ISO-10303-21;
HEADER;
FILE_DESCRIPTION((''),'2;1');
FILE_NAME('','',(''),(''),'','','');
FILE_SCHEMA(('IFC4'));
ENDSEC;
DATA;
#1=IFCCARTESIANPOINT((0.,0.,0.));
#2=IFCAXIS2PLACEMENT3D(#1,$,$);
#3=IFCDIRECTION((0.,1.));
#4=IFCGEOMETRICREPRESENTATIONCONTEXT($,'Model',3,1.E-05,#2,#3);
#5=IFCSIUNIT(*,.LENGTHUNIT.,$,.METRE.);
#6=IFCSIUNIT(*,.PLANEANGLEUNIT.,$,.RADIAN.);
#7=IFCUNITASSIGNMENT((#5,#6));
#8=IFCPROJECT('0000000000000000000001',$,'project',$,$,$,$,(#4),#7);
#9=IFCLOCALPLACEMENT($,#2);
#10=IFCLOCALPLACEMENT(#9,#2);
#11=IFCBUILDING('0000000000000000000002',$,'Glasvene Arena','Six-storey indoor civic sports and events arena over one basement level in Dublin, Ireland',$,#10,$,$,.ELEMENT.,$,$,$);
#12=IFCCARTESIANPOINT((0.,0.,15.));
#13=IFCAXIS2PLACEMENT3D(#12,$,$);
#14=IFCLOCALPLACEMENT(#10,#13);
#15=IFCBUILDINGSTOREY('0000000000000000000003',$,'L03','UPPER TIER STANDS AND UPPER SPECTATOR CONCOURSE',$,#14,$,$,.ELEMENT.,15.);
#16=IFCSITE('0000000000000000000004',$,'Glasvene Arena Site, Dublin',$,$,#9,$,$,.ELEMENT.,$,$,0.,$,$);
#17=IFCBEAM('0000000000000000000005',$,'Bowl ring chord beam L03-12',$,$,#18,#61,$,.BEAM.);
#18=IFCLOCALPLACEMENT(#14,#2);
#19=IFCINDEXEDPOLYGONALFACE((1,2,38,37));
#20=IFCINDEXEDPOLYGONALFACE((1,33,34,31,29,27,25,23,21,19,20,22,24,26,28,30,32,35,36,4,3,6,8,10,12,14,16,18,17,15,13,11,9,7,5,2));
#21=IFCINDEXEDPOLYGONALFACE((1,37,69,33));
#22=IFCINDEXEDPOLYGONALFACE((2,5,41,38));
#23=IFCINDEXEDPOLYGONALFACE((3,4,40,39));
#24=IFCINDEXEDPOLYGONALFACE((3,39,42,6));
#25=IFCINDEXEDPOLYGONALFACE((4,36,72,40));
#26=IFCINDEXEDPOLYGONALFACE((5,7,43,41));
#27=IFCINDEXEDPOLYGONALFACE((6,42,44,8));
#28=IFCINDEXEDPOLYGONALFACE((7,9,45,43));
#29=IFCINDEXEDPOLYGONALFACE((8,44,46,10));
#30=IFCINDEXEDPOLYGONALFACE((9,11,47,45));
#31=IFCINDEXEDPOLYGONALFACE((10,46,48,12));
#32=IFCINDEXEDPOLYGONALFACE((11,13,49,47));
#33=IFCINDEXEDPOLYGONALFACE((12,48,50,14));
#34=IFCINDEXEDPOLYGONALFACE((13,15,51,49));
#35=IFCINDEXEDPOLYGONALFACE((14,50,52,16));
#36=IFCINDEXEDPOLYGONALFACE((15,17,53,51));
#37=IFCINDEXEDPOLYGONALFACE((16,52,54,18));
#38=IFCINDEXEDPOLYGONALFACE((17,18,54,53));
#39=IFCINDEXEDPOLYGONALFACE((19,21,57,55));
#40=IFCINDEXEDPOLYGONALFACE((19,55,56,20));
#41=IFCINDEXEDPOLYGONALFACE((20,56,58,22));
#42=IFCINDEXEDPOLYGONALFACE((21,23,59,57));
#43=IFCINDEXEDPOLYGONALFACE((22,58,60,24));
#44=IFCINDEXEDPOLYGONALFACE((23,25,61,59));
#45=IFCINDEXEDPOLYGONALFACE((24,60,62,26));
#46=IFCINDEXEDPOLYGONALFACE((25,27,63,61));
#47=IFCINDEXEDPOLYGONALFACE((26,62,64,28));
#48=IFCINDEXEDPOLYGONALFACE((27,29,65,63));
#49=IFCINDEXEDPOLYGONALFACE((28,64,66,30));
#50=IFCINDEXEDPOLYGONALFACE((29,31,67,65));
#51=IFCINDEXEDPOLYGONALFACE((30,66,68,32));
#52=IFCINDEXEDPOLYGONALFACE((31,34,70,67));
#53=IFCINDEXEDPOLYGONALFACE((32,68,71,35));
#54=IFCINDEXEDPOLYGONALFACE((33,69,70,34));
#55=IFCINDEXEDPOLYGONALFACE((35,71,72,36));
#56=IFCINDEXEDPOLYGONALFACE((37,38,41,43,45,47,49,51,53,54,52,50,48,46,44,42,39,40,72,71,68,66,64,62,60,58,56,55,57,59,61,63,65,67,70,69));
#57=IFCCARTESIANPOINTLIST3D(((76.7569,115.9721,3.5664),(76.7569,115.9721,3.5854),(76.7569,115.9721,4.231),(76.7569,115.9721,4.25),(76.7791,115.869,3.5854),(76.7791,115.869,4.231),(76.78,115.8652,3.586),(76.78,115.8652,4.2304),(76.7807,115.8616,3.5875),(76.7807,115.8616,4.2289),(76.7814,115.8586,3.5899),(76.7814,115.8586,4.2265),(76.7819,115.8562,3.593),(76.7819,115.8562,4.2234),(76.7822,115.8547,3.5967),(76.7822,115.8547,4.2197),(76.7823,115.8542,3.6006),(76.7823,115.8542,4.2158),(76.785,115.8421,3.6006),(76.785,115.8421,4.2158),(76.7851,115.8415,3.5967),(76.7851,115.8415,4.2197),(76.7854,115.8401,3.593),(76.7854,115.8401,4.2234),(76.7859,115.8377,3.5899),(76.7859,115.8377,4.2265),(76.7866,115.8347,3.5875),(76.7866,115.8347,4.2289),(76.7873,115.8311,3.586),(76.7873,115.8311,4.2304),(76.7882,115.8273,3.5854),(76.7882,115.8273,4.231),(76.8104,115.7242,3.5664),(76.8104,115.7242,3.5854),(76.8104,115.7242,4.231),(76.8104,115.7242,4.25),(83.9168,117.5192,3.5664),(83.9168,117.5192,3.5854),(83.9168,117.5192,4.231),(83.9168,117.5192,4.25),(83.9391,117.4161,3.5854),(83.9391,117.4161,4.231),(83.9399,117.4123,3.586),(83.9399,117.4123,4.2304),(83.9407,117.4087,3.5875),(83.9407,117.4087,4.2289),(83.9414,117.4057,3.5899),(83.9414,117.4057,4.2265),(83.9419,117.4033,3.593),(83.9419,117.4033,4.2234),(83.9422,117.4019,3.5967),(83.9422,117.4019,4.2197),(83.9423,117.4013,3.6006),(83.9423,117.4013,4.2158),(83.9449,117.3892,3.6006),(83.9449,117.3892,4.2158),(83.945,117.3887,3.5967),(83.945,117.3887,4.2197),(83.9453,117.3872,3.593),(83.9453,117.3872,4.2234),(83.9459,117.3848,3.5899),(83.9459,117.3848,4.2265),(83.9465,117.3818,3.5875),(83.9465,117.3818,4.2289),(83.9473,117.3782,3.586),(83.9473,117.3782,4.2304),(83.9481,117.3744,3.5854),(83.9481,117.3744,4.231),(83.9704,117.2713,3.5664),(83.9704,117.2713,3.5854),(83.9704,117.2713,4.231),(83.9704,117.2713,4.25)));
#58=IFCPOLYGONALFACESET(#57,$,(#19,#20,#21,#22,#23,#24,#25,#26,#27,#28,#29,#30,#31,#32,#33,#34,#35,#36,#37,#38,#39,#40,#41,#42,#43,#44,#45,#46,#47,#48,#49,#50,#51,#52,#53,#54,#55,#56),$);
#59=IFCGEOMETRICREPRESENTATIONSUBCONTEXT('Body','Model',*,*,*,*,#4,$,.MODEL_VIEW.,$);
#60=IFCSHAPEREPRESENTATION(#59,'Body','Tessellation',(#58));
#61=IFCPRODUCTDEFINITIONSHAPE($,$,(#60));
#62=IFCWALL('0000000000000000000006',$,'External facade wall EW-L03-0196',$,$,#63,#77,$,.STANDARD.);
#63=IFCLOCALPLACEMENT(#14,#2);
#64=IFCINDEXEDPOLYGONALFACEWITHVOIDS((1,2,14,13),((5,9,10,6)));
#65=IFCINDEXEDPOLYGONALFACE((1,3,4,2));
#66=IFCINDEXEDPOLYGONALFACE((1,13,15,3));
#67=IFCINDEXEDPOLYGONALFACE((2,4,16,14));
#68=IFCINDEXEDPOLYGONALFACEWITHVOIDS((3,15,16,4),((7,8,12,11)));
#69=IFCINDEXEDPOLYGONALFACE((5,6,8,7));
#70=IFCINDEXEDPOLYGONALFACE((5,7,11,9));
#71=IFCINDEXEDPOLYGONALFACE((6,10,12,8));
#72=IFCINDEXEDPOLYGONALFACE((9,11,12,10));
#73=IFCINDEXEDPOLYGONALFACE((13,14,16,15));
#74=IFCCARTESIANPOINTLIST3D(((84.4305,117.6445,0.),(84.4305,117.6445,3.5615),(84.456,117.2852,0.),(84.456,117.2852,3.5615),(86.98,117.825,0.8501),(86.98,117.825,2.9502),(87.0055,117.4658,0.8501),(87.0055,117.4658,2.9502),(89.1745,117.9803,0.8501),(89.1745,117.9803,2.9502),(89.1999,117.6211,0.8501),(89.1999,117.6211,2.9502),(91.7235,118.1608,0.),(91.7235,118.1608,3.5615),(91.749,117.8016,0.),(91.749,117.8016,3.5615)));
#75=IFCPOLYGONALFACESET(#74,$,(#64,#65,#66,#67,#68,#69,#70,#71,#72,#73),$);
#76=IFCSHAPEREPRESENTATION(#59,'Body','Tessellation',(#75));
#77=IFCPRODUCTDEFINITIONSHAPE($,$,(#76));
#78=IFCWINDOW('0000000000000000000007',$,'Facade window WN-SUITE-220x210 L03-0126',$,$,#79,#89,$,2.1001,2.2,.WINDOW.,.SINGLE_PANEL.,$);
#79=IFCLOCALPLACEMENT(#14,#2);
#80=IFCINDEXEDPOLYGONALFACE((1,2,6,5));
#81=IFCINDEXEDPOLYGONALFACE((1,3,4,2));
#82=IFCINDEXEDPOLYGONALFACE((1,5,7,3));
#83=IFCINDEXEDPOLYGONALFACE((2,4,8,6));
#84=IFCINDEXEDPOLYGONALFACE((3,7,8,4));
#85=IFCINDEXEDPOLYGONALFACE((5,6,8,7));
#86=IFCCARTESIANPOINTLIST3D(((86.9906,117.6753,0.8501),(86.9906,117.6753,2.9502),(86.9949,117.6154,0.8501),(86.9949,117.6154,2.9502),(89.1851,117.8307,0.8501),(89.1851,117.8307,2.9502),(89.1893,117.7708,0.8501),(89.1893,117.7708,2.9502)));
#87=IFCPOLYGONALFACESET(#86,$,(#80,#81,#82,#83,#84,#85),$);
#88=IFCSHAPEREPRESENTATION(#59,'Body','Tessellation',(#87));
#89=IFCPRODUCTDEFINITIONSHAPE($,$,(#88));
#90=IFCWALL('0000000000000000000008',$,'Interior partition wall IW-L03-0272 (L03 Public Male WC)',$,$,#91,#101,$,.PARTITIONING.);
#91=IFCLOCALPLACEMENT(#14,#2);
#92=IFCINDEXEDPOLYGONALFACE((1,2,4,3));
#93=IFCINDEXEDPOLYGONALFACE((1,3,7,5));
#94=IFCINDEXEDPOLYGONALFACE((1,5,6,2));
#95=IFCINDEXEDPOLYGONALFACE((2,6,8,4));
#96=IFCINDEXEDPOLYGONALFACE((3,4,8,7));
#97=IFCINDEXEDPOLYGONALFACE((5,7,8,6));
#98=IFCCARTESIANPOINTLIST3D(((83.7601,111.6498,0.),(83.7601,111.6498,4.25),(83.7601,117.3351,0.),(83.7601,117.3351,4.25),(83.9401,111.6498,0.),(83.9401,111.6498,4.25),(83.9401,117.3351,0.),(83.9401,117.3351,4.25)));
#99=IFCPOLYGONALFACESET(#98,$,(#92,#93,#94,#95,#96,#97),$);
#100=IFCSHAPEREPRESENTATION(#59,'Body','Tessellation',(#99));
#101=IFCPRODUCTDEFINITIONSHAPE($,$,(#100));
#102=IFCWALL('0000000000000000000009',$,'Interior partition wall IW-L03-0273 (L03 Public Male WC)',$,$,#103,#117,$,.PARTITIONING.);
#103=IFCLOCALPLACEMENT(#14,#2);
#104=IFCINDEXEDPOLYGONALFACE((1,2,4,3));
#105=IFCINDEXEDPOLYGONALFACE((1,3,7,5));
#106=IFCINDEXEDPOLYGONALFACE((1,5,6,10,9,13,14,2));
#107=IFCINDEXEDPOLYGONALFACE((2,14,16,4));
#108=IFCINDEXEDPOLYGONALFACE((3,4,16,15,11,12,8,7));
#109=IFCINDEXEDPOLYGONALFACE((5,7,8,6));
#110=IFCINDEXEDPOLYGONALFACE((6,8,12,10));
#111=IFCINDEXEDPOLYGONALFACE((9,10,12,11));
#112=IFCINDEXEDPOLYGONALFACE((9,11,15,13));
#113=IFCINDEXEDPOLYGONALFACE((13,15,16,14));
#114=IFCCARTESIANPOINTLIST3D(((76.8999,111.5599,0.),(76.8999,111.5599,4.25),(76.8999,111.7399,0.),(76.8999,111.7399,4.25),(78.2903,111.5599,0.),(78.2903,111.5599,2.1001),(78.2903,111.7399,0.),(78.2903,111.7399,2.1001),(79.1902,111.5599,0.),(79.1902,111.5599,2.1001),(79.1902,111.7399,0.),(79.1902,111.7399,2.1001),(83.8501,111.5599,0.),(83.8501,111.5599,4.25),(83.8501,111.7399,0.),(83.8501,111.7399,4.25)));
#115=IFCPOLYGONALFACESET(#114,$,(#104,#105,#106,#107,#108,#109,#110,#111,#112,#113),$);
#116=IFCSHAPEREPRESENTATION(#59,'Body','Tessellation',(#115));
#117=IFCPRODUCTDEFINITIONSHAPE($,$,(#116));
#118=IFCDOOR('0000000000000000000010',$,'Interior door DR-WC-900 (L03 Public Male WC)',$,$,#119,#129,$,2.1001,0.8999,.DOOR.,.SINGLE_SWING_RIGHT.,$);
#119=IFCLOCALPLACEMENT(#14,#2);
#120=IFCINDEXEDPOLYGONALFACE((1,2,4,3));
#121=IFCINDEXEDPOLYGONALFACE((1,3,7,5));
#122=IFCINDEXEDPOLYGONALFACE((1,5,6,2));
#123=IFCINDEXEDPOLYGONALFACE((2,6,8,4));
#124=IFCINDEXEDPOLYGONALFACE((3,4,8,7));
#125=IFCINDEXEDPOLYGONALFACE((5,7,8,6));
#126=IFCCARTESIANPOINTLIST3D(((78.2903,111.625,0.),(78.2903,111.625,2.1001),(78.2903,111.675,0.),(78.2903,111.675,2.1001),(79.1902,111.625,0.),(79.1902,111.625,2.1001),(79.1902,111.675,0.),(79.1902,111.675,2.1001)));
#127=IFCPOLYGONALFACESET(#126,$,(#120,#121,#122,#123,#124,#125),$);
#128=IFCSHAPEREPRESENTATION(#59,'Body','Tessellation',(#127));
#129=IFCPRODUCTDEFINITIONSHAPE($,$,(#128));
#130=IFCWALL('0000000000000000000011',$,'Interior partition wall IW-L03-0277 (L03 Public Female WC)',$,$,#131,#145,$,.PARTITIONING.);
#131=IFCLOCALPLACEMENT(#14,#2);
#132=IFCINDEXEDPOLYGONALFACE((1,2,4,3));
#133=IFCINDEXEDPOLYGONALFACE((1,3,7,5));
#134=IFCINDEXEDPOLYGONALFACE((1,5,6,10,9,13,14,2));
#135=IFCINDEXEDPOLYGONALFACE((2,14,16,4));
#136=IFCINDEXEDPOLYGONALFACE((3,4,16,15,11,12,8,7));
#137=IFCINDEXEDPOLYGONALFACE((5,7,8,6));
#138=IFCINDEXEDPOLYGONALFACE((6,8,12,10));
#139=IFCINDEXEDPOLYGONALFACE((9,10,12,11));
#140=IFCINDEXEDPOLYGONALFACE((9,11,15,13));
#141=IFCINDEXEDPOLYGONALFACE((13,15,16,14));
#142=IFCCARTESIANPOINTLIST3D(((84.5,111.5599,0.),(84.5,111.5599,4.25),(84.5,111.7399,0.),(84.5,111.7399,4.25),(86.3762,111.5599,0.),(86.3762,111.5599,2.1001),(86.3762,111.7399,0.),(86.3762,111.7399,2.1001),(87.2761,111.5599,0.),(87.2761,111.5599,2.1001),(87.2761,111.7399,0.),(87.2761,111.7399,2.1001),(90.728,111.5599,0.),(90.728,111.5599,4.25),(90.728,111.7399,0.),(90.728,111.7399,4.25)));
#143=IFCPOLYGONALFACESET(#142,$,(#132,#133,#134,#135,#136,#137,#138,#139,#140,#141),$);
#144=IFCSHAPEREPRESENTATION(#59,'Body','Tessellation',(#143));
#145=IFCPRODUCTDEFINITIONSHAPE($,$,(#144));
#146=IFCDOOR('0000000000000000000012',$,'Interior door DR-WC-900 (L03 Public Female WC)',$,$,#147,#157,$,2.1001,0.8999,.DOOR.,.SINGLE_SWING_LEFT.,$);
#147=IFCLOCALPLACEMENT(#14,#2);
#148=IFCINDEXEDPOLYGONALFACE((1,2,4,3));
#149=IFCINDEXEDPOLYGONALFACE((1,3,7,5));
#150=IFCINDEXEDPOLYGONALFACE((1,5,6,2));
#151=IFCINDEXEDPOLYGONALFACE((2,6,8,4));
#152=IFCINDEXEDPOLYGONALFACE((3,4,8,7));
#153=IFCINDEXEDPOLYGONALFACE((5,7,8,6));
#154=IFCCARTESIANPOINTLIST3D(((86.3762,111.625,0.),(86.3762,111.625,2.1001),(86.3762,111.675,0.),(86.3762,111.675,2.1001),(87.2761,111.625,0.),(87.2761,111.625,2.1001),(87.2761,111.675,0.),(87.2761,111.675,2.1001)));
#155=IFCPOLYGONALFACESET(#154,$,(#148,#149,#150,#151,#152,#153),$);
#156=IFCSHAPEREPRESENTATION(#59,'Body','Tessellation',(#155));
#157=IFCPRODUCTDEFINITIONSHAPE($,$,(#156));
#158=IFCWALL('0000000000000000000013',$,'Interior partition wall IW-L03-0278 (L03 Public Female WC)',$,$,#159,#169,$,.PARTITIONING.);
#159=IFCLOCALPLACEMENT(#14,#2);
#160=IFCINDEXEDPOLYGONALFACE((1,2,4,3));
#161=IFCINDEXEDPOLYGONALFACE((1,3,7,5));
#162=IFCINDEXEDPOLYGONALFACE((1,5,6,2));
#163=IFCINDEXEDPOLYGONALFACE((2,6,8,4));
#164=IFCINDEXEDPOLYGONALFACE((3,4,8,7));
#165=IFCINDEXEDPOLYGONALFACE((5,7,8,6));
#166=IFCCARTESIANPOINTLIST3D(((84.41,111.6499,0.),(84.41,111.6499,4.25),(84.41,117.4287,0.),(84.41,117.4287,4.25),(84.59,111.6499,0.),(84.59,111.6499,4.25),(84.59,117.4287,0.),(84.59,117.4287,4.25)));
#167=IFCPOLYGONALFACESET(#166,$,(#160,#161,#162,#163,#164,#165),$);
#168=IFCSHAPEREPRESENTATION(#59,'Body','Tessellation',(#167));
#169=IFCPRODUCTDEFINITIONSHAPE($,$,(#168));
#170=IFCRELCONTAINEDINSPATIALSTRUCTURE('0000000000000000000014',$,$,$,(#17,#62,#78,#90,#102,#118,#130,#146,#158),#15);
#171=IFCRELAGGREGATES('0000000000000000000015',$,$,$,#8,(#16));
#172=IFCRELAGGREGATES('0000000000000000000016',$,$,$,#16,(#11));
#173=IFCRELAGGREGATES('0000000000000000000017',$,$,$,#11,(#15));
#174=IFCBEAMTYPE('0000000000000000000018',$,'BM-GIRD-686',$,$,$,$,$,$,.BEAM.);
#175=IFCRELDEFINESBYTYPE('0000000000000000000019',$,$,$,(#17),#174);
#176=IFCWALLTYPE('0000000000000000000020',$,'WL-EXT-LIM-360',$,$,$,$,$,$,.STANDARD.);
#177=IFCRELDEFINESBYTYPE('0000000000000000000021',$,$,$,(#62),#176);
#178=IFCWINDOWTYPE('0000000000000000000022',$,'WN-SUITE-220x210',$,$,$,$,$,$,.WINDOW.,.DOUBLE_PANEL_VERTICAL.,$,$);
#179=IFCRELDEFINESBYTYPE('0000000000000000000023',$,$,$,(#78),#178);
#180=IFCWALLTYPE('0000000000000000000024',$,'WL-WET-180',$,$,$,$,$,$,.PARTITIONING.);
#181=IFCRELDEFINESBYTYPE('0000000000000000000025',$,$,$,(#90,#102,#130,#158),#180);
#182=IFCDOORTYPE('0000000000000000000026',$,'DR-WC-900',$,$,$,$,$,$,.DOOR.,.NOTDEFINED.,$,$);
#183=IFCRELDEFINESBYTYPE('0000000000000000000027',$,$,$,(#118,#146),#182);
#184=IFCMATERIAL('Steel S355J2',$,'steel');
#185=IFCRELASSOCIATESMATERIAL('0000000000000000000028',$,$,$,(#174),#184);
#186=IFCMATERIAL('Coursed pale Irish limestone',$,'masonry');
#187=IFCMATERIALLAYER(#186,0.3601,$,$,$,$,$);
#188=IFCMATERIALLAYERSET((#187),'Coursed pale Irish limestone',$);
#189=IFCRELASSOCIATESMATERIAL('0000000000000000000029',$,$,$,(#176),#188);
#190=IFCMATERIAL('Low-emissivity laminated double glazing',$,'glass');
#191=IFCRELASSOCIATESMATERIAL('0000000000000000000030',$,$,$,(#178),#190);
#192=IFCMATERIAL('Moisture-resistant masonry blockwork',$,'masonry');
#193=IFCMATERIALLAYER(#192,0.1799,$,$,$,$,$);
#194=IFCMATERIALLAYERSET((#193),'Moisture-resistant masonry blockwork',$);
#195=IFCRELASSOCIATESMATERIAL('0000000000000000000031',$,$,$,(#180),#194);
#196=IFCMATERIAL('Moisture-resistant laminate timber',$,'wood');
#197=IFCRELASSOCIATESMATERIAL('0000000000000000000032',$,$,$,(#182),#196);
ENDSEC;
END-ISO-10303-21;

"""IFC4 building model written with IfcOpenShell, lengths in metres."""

from ifc_helpers import new_model, si_unit, direction, frame, frame_2d, origin, origin_2d, place, context, subcontext, project, spatial, rectangle, i_section, extrude, material, layer, layer_set, material_profile, profile_set, type_object, element, fill, save


model = new_model("IFC4")

# Units and contexts
model_context = context("Model", 3, precision=1e-05, world=origin(), true_north=direction((0.0, 1.0)))
body_context = subcontext(model_context, "Body", "Model", "MODEL_VIEW")
ifc_project = project(units=[si_unit("LENGTHUNIT", "METRE"), si_unit("PLANEANGLEUNIT", "RADIAN")], contexts=[model_context])

# Site, building, storey
site_placement = place(None, origin())
site = spatial("IfcSite", under=ifc_project, at=site_placement, Name="Glasvene Arena Site, Dublin", CompositionType="ELEMENT", RefElevation=0.0)
building_placement = place(site_placement, origin())
building = spatial("IfcBuilding", under=site, at=building_placement, Name="Glasvene Arena", Description="Six-storey indoor civic sports and events arena over one basement level in Dublin, Ireland", CompositionType="ELEMENT")
storey_placement = place(building_placement, frame((0.0, 0.0, 15.0)))
storey = spatial("IfcBuildingStorey", under=building, at=storey_placement, Name="L03", Description="UPPER TIER STANDS AND UPPER SPECTATOR CONCOURSE", CompositionType="ELEMENT", Elevation=15.0)

# Shared definitions
ifc_material_1 = material(Name="Steel S355J2", Category="steel")

# Beam
ifc_material_profile_1 = material_profile(ifc_material_1, i_section(OverallWidth=0.2537, OverallDepth=0.6836, WebThickness=0.0125, FlangeThickness=0.019, FilletRadius=0.0151, at=origin_2d()), Name="UKB 686x254x140")
ifc_profile_set_1 = profile_set([ifc_material_profile_1], Name="Steel S355J2")
beam_type_1 = type_object("IfcBeamType", Name="BM-GIRD-686", PredefinedType="BEAM", material=ifc_profile_set_1)
beam_1_placement = place(storey_placement, frame((83.9436, 117.3953, 3.9082), z_axis=(-0.977442, -0.211206, 0.0), x_axis=(0.211206, -0.977442, 0.0)))
element("IfcBeam", 1, at=beam_1_placement, inside=storey, type_object=beam_type_1, Name="Bowl ring chord beam L03-12", PredefinedType="BEAM", context=body_context, shape_type="SweptSolid", body=[
    extrude(i_section(OverallWidth=0.2537, OverallDepth=0.6836, WebThickness=0.0125, FlangeThickness=0.019, FilletRadius=0.0151, at=origin_2d()), origin(), (0.0, 0.0, 1.0), 7.3252),
])

# Wall, opening, window
ifc_material_2 = material(Name="Coursed pale Irish limestone", Category="masonry")
ifc_layer_1 = layer(ifc_material_2, 0.3601)
ifc_layer_set_1 = layer_set([ifc_layer_1], Name="Coursed pale Irish limestone")
wall_type_1 = type_object("IfcWallType", Name="WL-EXT-LIM-360", PredefinedType="STANDARD", material=ifc_layer_set_1)
wall_1_placement = place(storey_placement, frame((84.4431, 117.4648, 0.0), z_axis=(0.0, 0.0, 1.0), x_axis=(0.997503, 0.070625, 0.0)))
wall_1 = element("IfcWall", 2, at=wall_1_placement, inside=storey, type_object=wall_type_1, Name="External facade wall EW-L03-0196", PredefinedType="STANDARD", context=body_context, shape_type="SweptSolid", body=[
    extrude(rectangle(XDim=7.3113, YDim=0.3601, at=frame_2d((3.6558, 0.0))), origin(), (0.0, 0.0, 1.0), 3.5615),
])
opening_1_placement = place(wall_1_placement, frame((2.5559, 0.0, 0.8501)))
opening_1 = element("IfcOpeningElement", 3, at=opening_1_placement, cuts=wall_1, PredefinedType="OPENING", context=body_context, shape_type="SweptSolid", body=[
    extrude(rectangle(XDim=2.2, YDim=2.1001, at=frame_2d((1.1001, 1.05))), frame((0.0, 0.1899, 0.0), z_axis=(0.0, -1.0, 0.0), x_axis=(1.0, 0.0, 0.0)), (0.0, 0.0, 1.0), 0.3801),
])
ifc_material_3 = material(Name="Low-emissivity laminated double glazing", Category="glass")
window_type = type_object("IfcWindowType", Name="WN-SUITE-220x210", PartitioningType="DOUBLE_PANEL_VERTICAL", PredefinedType="WINDOW", material=ifc_material_3)
window_placement = place(opening_1_placement, origin())
window = element("IfcWindow", 4, at=window_placement, inside=storey, type_object=window_type, Name="Facade window WN-SUITE-220x210 L03-0126", OverallHeight=2.1001, OverallWidth=2.2, PartitioningType="SINGLE_PANEL", PredefinedType="WINDOW", context=body_context, shape_type="SweptSolid", body=[
    extrude(rectangle(XDim=2.2, YDim=2.1001, at=frame_2d((1.1001, 1.05))), frame((0.0, 0.03, 0.0), z_axis=(0.0, -1.0, 0.0), x_axis=(1.0, 0.0, 0.0)), (0.0, 0.0, 1.0), 0.0601),
])
fill(opening_1, window)

# Wall
ifc_material_4 = material(Name="Moisture-resistant masonry blockwork", Category="masonry")
ifc_layer_2 = layer(ifc_material_4, 0.1799)
ifc_layer_set_2 = layer_set([ifc_layer_2], Name="Moisture-resistant masonry blockwork")
wall_type_2 = type_object("IfcWallType", Name="WL-WET-180", PredefinedType="PARTITIONING", material=ifc_layer_set_2)
wall_2_placement = place(storey_placement, frame((83.8501, 117.3352, 0.0), z_axis=(0.0, 0.0, 1.0), x_axis=(0.0, -1.0, 0.0)))
element("IfcWall", 5, at=wall_2_placement, inside=storey, type_object=wall_type_2, Name="Interior partition wall IW-L03-0272 (L03 Public Male WC)", PredefinedType="PARTITIONING", context=body_context, shape_type="SweptSolid", body=[
    extrude(rectangle(XDim=5.6853, YDim=0.1799, at=frame_2d((2.8428, 0.0))), origin(), (0.0, 0.0, 1.0), 4.25),
])

# Walls, openings, doors
wall_3_placement = place(storey_placement, frame((83.8501, 111.6499, 0.0), z_axis=(0.0, 0.0, 1.0), x_axis=(-1.0, 0.0, 0.0)))
wall_3 = element("IfcWall", 6, at=wall_3_placement, inside=storey, type_object=wall_type_2, Name="Interior partition wall IW-L03-0273 (L03 Public Male WC)", PredefinedType="PARTITIONING", context=body_context, shape_type="SweptSolid", body=[
    extrude(rectangle(XDim=6.9502, YDim=0.1799, at=frame_2d((3.4751, 0.0))), origin(), (0.0, 0.0, 1.0), 4.25),
])
opening_2_placement = place(wall_3_placement, frame((4.6599, 0.0, 0.0)))
opening_2 = element("IfcOpeningElement", 7, at=opening_2_placement, cuts=wall_3, PredefinedType="OPENING", context=body_context, shape_type="SweptSolid", body=[
    extrude(rectangle(XDim=0.8999, YDim=2.1001, at=frame_2d((0.45, 1.05))), frame((0.0, 0.1001, 0.0), z_axis=(0.0, -1.0, 0.0), x_axis=(1.0, 0.0, 0.0)), (0.0, 0.0, 1.0), 0.2),
])
ifc_material_5 = material(Name="Moisture-resistant laminate timber", Category="wood")
door_type = type_object("IfcDoorType", Name="DR-WC-900", OperationType="NOTDEFINED", PredefinedType="DOOR", material=ifc_material_5)
door_1_placement = place(opening_2_placement, origin())
door_1 = element("IfcDoor", 8, at=door_1_placement, inside=storey, type_object=door_type, Name="Interior door DR-WC-900 (L03 Public Male WC)", OperationType="SINGLE_SWING_RIGHT", OverallHeight=2.1001, OverallWidth=0.8999, PredefinedType="DOOR", context=body_context, shape_type="SweptSolid", body=[
    extrude(rectangle(XDim=0.8999, YDim=2.1001, at=frame_2d((0.45, 1.05))), frame((0.0, 0.0249, 0.0), z_axis=(0.0, -1.0, 0.0), x_axis=(1.0, 0.0, 0.0)), (0.0, 0.0, 1.0), 0.05),
])
fill(opening_2, door_1)
wall_4_placement = place(storey_placement, frame((90.728, 111.6499, 0.0), z_axis=(0.0, 0.0, 1.0), x_axis=(-1.0, 0.0, 0.0)))
wall_4 = element("IfcWall", 9, at=wall_4_placement, inside=storey, type_object=wall_type_2, Name="Interior partition wall IW-L03-0277 (L03 Public Female WC)", PredefinedType="PARTITIONING", context=body_context, shape_type="SweptSolid", body=[
    extrude(rectangle(XDim=6.228, YDim=0.1799, at=frame_2d((3.114, 0.0))), origin(), (0.0, 0.0, 1.0), 4.25),
])
opening_3_placement = place(wall_4_placement, frame((3.4519, 0.0, 0.0)))
opening_3 = element("IfcOpeningElement", 10, at=opening_3_placement, cuts=wall_4, PredefinedType="OPENING", context=body_context, shape_type="SweptSolid", body=[
    extrude(rectangle(XDim=0.8999, YDim=2.1001, at=frame_2d((0.45, 1.05))), frame((0.0, 0.1001, 0.0), z_axis=(0.0, -1.0, 0.0), x_axis=(1.0, 0.0, 0.0)), (0.0, 0.0, 1.0), 0.2),
])
door_2_placement = place(opening_3_placement, origin())
door_2 = element("IfcDoor", 11, at=door_2_placement, inside=storey, type_object=door_type, Name="Interior door DR-WC-900 (L03 Public Female WC)", OperationType="SINGLE_SWING_LEFT", OverallHeight=2.1001, OverallWidth=0.8999, PredefinedType="DOOR", context=body_context, shape_type="SweptSolid", body=[
    extrude(rectangle(XDim=0.8999, YDim=2.1001, at=frame_2d((0.45, 1.05))), frame((0.0, 0.0249, 0.0), z_axis=(0.0, -1.0, 0.0), x_axis=(1.0, 0.0, 0.0)), (0.0, 0.0, 1.0), 0.05),
])
fill(opening_3, door_2)

# Wall
wall_5_placement = place(storey_placement, frame((84.5, 111.6499, 0.0), z_axis=(0.0, 0.0, 1.0), x_axis=(0.0, 1.0, 0.0)))
element("IfcWall", 12, at=wall_5_placement, inside=storey, type_object=wall_type_2, Name="Interior partition wall IW-L03-0278 (L03 Public Female WC)", PredefinedType="PARTITIONING", context=body_context, shape_type="SweptSolid", body=[
    extrude(rectangle(XDim=5.7788, YDim=0.1799, at=frame_2d((2.8894, 0.0))), origin(), (0.0, 0.0, 1.0), 4.25),
])

save(model, "model.ifc")
